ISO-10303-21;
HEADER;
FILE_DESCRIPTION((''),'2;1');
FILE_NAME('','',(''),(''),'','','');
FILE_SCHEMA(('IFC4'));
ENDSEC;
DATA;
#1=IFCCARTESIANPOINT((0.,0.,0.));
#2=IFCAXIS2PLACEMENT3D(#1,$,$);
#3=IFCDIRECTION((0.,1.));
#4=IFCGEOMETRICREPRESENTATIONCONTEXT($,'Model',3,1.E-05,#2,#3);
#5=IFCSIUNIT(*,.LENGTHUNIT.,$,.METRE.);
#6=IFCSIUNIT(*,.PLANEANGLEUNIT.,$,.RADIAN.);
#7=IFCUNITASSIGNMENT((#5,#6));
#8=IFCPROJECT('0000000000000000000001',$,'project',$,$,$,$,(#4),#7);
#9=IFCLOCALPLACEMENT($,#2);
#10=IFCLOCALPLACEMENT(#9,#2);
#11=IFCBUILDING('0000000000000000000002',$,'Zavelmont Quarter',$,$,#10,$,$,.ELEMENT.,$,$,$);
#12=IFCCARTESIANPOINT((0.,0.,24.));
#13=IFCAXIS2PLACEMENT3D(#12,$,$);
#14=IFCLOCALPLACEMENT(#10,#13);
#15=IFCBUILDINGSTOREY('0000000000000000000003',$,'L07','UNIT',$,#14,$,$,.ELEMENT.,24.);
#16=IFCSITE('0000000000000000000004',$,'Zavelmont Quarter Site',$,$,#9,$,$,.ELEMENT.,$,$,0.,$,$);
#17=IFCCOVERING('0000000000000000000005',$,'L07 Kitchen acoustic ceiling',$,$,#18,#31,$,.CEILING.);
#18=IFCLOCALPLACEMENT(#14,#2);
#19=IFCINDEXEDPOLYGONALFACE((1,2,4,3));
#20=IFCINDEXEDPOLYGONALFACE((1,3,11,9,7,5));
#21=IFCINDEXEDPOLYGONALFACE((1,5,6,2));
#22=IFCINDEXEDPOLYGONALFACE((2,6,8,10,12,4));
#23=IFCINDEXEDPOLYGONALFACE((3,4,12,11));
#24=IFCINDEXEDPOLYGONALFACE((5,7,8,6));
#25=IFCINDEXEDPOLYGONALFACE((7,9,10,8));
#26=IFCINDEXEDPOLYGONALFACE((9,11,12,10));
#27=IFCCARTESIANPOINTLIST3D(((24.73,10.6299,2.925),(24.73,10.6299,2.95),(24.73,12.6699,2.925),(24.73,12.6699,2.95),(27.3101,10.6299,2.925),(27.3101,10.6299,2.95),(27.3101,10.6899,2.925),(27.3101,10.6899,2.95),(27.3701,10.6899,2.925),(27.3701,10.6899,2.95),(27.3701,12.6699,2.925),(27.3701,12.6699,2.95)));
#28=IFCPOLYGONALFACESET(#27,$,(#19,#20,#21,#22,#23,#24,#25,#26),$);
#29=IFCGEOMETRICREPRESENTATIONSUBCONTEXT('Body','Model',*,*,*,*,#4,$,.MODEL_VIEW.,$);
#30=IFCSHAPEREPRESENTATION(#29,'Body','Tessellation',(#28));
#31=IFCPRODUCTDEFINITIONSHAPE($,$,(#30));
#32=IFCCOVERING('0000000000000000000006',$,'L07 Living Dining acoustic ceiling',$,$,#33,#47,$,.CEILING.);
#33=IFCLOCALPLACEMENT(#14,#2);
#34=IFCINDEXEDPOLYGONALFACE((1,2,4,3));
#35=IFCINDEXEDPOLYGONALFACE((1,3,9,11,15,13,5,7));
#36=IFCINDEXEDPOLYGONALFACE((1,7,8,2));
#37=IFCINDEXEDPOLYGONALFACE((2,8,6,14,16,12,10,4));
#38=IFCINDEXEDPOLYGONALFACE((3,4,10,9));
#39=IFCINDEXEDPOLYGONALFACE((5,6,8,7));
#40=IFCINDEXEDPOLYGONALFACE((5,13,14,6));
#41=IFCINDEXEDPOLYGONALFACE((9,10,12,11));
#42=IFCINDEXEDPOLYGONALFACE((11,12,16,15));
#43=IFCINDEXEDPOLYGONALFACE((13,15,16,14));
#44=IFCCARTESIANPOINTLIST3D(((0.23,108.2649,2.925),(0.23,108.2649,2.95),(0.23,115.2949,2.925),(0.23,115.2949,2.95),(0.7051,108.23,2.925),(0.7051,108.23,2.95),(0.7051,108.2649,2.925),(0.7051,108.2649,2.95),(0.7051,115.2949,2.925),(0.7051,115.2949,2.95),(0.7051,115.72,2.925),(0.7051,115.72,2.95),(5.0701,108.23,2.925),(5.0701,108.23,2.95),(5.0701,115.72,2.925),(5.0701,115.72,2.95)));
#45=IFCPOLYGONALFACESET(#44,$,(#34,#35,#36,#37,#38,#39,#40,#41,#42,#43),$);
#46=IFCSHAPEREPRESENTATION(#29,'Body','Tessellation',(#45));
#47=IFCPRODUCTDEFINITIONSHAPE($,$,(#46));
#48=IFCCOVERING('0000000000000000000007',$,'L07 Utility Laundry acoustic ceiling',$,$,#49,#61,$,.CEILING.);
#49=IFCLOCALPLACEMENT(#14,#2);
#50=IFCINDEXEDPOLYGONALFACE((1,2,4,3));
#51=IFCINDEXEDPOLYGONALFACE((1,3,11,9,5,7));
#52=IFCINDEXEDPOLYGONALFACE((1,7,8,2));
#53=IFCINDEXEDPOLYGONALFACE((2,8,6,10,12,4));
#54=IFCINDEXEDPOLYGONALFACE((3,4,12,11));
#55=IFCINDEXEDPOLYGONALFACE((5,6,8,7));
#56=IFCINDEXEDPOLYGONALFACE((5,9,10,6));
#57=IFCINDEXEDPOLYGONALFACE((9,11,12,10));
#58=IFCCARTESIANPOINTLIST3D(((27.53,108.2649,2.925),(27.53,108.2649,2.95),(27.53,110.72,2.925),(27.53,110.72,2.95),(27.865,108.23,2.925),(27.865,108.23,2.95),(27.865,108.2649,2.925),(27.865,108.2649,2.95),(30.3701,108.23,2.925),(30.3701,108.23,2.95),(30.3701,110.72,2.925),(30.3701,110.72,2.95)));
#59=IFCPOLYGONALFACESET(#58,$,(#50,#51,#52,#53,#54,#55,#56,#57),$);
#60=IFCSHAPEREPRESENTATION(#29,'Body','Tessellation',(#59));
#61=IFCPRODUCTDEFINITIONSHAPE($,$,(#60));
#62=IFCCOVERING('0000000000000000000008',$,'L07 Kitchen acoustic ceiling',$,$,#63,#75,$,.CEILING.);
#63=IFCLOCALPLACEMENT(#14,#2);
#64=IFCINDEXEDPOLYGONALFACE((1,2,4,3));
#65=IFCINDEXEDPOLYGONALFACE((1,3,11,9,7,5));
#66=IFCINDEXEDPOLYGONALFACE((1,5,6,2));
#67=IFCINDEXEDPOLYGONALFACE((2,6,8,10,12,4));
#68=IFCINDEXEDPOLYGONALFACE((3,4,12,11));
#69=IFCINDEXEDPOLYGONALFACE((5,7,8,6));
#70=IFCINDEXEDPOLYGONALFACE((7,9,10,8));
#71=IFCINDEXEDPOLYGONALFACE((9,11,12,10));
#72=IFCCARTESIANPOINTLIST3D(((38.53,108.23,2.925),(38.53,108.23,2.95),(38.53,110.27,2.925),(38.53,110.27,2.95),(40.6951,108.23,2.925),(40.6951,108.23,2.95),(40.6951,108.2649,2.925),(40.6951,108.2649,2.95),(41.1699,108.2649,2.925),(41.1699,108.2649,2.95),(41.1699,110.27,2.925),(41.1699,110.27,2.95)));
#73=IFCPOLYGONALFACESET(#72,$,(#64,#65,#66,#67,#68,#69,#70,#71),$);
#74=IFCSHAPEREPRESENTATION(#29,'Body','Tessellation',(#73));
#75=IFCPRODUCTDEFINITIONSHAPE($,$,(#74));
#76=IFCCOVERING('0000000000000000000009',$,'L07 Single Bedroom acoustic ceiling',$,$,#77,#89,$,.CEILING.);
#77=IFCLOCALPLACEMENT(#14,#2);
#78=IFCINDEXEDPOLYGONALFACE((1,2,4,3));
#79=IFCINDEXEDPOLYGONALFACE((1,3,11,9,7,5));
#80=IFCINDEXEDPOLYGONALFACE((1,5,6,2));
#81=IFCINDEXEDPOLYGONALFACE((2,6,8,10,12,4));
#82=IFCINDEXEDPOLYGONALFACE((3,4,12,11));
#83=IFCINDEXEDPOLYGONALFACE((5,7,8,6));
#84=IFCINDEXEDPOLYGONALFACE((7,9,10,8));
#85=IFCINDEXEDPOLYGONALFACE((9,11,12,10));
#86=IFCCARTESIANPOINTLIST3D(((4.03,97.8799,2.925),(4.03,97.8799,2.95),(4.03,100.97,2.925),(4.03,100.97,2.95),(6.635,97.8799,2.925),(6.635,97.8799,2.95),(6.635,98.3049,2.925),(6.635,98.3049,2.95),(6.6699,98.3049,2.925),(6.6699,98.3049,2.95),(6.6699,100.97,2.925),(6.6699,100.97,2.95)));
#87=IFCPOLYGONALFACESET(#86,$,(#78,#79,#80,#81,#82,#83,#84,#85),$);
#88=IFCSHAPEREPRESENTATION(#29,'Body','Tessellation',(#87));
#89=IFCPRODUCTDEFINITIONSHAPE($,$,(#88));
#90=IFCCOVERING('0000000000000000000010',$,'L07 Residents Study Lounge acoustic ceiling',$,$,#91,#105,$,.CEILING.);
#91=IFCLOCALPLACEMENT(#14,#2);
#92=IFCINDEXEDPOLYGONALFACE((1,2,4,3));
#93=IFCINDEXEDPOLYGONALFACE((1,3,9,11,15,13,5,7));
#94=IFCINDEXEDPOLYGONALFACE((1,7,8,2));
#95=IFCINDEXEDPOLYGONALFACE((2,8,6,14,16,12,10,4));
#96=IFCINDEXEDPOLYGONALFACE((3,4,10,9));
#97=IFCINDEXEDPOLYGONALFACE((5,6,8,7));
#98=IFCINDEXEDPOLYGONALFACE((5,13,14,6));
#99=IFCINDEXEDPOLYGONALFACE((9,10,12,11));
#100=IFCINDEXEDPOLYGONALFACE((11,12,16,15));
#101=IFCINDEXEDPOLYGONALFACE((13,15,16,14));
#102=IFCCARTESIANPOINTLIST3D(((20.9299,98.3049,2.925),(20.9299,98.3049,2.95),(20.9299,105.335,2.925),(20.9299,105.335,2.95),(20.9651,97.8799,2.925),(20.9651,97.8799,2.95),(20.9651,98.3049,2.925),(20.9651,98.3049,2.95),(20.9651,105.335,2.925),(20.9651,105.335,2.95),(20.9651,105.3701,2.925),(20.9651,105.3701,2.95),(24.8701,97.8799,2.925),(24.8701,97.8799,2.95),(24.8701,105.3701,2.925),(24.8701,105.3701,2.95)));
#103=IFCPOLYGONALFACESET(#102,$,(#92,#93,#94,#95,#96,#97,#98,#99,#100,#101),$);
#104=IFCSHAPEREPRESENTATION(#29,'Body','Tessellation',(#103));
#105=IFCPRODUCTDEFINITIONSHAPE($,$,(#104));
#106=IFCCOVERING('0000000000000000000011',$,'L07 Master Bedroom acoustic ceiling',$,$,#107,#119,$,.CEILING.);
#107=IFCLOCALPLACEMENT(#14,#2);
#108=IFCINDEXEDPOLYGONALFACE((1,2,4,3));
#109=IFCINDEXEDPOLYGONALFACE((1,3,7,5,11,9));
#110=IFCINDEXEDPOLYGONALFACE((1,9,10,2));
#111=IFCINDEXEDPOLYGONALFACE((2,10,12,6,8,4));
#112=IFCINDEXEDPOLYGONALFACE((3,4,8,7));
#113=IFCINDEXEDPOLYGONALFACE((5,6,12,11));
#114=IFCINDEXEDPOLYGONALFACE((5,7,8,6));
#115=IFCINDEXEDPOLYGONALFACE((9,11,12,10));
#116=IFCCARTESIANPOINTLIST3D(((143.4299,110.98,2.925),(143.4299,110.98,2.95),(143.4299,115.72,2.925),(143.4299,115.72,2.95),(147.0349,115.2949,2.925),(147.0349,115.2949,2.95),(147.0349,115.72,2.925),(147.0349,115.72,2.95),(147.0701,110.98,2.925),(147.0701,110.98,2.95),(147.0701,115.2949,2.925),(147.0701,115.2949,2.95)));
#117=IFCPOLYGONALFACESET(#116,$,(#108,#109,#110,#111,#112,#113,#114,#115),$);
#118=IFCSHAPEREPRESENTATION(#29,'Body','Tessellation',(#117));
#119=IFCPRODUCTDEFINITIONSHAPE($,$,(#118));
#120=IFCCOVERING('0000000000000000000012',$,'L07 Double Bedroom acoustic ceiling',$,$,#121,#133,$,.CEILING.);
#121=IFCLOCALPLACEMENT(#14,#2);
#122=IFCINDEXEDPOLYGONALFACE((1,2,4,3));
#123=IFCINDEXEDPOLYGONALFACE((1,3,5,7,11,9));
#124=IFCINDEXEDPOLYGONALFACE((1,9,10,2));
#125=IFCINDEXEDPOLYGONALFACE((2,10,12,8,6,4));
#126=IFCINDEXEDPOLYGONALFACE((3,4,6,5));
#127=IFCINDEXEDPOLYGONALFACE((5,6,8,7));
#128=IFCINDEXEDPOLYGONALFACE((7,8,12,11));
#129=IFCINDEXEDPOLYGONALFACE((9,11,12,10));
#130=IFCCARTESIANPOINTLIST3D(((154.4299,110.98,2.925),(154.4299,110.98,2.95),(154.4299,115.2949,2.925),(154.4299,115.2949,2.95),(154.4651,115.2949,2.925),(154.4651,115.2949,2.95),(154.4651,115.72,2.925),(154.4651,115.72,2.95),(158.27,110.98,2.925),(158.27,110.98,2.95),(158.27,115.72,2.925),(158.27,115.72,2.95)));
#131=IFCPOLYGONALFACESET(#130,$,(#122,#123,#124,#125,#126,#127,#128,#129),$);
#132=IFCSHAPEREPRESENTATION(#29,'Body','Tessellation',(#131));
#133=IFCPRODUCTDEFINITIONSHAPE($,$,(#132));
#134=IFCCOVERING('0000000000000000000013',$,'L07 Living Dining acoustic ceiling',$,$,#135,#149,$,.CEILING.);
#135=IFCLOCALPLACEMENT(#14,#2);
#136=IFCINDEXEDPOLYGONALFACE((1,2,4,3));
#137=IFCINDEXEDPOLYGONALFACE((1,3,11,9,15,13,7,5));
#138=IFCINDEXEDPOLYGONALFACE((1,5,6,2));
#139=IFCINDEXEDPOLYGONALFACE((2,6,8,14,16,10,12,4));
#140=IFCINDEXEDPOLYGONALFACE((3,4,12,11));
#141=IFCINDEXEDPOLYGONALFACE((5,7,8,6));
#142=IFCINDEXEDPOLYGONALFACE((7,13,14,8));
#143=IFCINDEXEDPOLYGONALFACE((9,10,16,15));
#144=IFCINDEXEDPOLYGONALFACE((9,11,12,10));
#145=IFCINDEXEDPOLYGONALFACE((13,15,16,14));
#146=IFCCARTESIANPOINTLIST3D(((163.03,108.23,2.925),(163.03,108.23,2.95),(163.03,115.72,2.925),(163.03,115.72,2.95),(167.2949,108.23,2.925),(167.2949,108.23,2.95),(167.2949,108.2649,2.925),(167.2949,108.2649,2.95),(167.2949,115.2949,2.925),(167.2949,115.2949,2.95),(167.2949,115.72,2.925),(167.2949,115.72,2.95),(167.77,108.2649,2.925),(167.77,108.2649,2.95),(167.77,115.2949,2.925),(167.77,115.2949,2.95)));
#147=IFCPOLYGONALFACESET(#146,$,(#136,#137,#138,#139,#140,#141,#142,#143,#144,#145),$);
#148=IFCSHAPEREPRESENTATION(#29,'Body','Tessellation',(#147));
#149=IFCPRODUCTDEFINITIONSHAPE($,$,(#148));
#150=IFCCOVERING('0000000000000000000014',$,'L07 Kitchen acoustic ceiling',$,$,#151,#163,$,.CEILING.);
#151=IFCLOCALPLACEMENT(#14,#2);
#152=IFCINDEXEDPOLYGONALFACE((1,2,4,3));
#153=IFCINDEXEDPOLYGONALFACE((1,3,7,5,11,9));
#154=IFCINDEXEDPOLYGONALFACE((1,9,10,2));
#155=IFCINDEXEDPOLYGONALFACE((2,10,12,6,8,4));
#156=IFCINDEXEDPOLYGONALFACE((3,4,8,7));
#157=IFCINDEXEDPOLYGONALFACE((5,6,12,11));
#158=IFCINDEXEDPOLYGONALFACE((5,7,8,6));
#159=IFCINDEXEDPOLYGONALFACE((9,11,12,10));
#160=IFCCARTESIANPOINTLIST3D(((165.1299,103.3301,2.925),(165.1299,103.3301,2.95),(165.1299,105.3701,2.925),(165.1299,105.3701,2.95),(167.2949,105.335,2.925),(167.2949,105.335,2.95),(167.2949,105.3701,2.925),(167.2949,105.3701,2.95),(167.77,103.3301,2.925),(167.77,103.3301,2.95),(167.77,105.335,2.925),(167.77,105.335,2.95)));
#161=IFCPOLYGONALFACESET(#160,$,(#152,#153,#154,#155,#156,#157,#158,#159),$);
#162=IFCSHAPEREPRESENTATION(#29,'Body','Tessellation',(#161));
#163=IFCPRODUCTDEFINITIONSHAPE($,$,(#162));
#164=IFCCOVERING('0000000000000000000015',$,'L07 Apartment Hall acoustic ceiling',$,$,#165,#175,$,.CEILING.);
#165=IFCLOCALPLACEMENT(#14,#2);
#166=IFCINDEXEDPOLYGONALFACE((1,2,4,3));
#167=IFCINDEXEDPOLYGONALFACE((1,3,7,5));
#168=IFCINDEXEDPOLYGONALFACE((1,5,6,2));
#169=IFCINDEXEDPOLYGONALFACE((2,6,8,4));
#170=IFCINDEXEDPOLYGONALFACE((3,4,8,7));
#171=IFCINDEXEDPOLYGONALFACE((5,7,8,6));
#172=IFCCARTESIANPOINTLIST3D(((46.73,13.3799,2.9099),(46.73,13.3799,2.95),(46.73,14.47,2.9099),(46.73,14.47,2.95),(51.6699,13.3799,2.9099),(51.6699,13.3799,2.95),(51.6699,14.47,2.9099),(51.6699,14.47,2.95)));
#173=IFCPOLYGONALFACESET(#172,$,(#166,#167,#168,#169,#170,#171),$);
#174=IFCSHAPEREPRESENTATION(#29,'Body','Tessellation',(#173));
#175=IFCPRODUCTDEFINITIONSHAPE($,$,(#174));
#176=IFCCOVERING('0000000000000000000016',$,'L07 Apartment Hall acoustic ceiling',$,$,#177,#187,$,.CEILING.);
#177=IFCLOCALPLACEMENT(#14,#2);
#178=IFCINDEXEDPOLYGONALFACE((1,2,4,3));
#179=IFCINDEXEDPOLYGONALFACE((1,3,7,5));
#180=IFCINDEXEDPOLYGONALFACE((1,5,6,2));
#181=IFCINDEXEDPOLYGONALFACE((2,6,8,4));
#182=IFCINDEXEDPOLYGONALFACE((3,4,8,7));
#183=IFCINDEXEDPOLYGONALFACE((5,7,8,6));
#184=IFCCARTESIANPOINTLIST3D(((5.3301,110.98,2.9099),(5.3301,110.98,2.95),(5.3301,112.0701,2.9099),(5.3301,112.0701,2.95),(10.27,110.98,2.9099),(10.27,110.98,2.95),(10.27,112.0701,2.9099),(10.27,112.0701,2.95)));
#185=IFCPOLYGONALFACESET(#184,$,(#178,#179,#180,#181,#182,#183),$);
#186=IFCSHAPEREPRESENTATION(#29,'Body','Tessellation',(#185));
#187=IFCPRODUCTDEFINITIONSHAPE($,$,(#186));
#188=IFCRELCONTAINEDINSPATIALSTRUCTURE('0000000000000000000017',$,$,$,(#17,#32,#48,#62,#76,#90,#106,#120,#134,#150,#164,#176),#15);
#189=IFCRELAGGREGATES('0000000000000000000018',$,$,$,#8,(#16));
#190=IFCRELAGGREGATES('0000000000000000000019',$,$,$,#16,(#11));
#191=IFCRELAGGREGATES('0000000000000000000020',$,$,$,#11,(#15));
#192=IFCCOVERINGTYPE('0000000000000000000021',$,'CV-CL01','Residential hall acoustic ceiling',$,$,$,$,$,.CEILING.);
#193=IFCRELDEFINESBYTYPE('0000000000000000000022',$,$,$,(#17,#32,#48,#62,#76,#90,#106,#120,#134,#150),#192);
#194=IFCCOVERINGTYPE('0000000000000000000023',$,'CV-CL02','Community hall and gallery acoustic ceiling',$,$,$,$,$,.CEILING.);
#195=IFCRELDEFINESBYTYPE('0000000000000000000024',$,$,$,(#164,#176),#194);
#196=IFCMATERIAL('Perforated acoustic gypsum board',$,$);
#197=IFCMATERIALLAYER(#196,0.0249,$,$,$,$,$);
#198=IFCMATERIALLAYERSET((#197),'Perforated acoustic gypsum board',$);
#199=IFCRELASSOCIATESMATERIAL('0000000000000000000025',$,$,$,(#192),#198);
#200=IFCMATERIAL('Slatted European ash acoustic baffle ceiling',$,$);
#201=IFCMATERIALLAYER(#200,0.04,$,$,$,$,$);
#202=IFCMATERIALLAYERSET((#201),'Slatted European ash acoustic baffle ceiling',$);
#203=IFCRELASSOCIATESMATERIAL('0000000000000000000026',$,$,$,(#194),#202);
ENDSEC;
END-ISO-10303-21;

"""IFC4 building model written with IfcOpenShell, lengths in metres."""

from ifc_helpers import new_model, si_unit, direction, frame, origin, place, context, subcontext, project, spatial, polyline, outline, extrude, material, layer, layer_set, type_object, element, save


model = new_model("IFC4")

# Units and contexts
model_context = context("Model", 3, precision=1e-05, world=origin(), true_north=direction((0.0, 1.0)))
body_context = subcontext(model_context, "Body", "Model", "MODEL_VIEW")
ifc_project = project(units=[si_unit("LENGTHUNIT", "METRE"), si_unit("PLANEANGLEUNIT", "RADIAN")], contexts=[model_context])

# Site, building, storey
site_placement = place(None, origin())
site = spatial("IfcSite", under=ifc_project, at=site_placement, Name="Zavelmont Quarter Site", CompositionType="ELEMENT", RefElevation=0.0)
building_placement = place(site_placement, origin())
building = spatial("IfcBuilding", under=site, at=building_placement, Name="Zavelmont Quarter", CompositionType="ELEMENT")
storey_placement = place(building_placement, frame((0.0, 0.0, 24.0)))
storey = spatial("IfcBuildingStorey", under=building, at=storey_placement, Name="L07", Description="UNIT", CompositionType="ELEMENT", Elevation=24.0)

# Coverings
ifc_material_1 = material(Name="Perforated acoustic gypsum board")
ifc_layer_1 = layer(ifc_material_1, 0.0249)
ifc_layer_set_1 = layer_set([ifc_layer_1], Name="Perforated acoustic gypsum board")
covering_type_1 = type_object("IfcCoveringType", Name="CV-CL01", Description="Residential hall acoustic ceiling", PredefinedType="CEILING", material=ifc_layer_set_1)
covering_1_placement = place(storey_placement, frame((0.0, 0.0, 2.925)))
element("IfcCovering", 1, at=covering_1_placement, inside=storey, type_object=covering_type_1, Name="L07 Kitchen acoustic ceiling", PredefinedType="CEILING", context=body_context, shape_type="SweptSolid", body=[
    extrude(outline(polyline([(24.73, 12.6699), (27.3701, 12.6699), (27.3701, 10.6899), (27.3101, 10.6899), (27.3101, 10.6299), (24.73, 10.6299), (24.73, 12.6699)])), origin(), (0.0, 0.0, 1.0), 0.0249),
])
covering_2_placement = place(storey_placement, frame((0.0, 0.0, 2.925)))
element("IfcCovering", 2, at=covering_2_placement, inside=storey, type_object=covering_type_1, Name="L07 Living Dining acoustic ceiling", PredefinedType="CEILING", context=body_context, shape_type="SweptSolid", body=[
    extrude(outline(polyline([(0.23, 115.2949), (0.7051, 115.2949), (0.7051, 115.72), (5.0701, 115.72), (5.0701, 108.23), (0.7051, 108.23), (0.7051, 108.2649), (0.23, 108.2649), (0.23, 115.2949)])), origin(), (0.0, 0.0, 1.0), 0.0249),
])
covering_3_placement = place(storey_placement, frame((0.0, 0.0, 2.925)))
element("IfcCovering", 3, at=covering_3_placement, inside=storey, type_object=covering_type_1, Name="L07 Utility Laundry acoustic ceiling", PredefinedType="CEILING", context=body_context, shape_type="SweptSolid", body=[
    extrude(outline(polyline([(27.53, 110.72), (30.3701, 110.72), (30.3701, 108.23), (27.865, 108.23), (27.865, 108.2649), (27.53, 108.2649), (27.53, 110.72)])), origin(), (0.0, 0.0, 1.0), 0.0249),
])
covering_4_placement = place(storey_placement, frame((0.0, 0.0, 2.925)))
element("IfcCovering", 4, at=covering_4_placement, inside=storey, type_object=covering_type_1, Name="L07 Kitchen acoustic ceiling", PredefinedType="CEILING", context=body_context, shape_type="SweptSolid", body=[
    extrude(outline(polyline([(38.53, 110.27), (41.1699, 110.27), (41.1699, 108.2649), (40.6951, 108.2649), (40.6951, 108.23), (38.53, 108.23), (38.53, 110.27)])), origin(), (0.0, 0.0, 1.0), 0.0249),
])
covering_5_placement = place(storey_placement, frame((0.0, 0.0, 2.925)))
element("IfcCovering", 5, at=covering_5_placement, inside=storey, type_object=covering_type_1, Name="L07 Single Bedroom acoustic ceiling", PredefinedType="CEILING", context=body_context, shape_type="SweptSolid", body=[
    extrude(outline(polyline([(4.03, 100.97), (6.6699, 100.97), (6.6699, 98.3049), (6.635, 98.3049), (6.635, 97.8799), (4.03, 97.8799), (4.03, 100.97)])), origin(), (0.0, 0.0, 1.0), 0.0249),
])
covering_6_placement = place(storey_placement, frame((0.0, 0.0, 2.925)))
element("IfcCovering", 6, at=covering_6_placement, inside=storey, type_object=covering_type_1, Name="L07 Residents Study Lounge acoustic ceiling", PredefinedType="CEILING", context=body_context, shape_type="SweptSolid", body=[
    extrude(outline(polyline([(20.9299, 105.335), (20.9651, 105.335), (20.9651, 105.3701), (24.8701, 105.3701), (24.8701, 97.8799), (20.9651, 97.8799), (20.9651, 98.3049), (20.9299, 98.3049), (20.9299, 105.335)])), origin(), (0.0, 0.0, 1.0), 0.0249),
])
covering_7_placement = place(storey_placement, frame((0.0, 0.0, 2.925)))
element("IfcCovering", 7, at=covering_7_placement, inside=storey, type_object=covering_type_1, Name="L07 Master Bedroom acoustic ceiling", PredefinedType="CEILING", context=body_context, shape_type="SweptSolid", body=[
    extrude(outline(polyline([(143.4299, 115.72), (147.0349, 115.72), (147.0349, 115.2949), (147.0701, 115.2949), (147.0701, 110.98), (143.4299, 110.98), (143.4299, 115.72)])), origin(), (0.0, 0.0, 1.0), 0.0249),
])
covering_8_placement = place(storey_placement, frame((0.0, 0.0, 2.925)))
element("IfcCovering", 8, at=covering_8_placement, inside=storey, type_object=covering_type_1, Name="L07 Double Bedroom acoustic ceiling", PredefinedType="CEILING", context=body_context, shape_type="SweptSolid", body=[
    extrude(outline(polyline([(154.4299, 115.2949), (154.4651, 115.2949), (154.4651, 115.72), (158.27, 115.72), (158.27, 110.98), (154.4299, 110.98), (154.4299, 115.2949)])), origin(), (0.0, 0.0, 1.0), 0.0249),
])
covering_9_placement = place(storey_placement, frame((0.0, 0.0, 2.925)))
element("IfcCovering", 9, at=covering_9_placement, inside=storey, type_object=covering_type_1, Name="L07 Living Dining acoustic ceiling", PredefinedType="CEILING", context=body_context, shape_type="SweptSolid", body=[
    extrude(outline(polyline([(163.03, 115.72), (167.2949, 115.72), (167.2949, 115.2949), (167.77, 115.2949), (167.77, 108.2649), (167.2949, 108.2649), (167.2949, 108.23), (163.03, 108.23), (163.03, 115.72)])), origin(), (0.0, 0.0, 1.0), 0.0249),
])
covering_10_placement = place(storey_placement, frame((0.0, 0.0, 2.925)))
element("IfcCovering", 10, at=covering_10_placement, inside=storey, type_object=covering_type_1, Name="L07 Kitchen acoustic ceiling", PredefinedType="CEILING", context=body_context, shape_type="SweptSolid", body=[
    extrude(outline(polyline([(165.1299, 105.3701), (167.2949, 105.3701), (167.2949, 105.335), (167.77, 105.335), (167.77, 103.3301), (165.1299, 103.3301), (165.1299, 105.3701)])), origin(), (0.0, 0.0, 1.0), 0.0249),
])
ifc_material_2 = material(Name="Slatted European ash acoustic baffle ceiling")
ifc_layer_2 = layer(ifc_material_2, 0.04)
ifc_layer_set_2 = layer_set([ifc_layer_2], Name="Slatted European ash acoustic baffle ceiling")
covering_type_2 = type_object("IfcCoveringType", Name="CV-CL02", Description="Community hall and gallery acoustic ceiling", PredefinedType="CEILING", material=ifc_layer_set_2)
covering_11_placement = place(storey_placement, frame((0.0, 0.0, 2.9099)))
element("IfcCovering", 11, at=covering_11_placement, inside=storey, type_object=covering_type_2, Name="L07 Apartment Hall acoustic ceiling", PredefinedType="CEILING", context=body_context, shape_type="SweptSolid", body=[
    extrude(outline(polyline([(46.73, 14.47), (51.6699, 14.47), (51.6699, 13.3799), (46.73, 13.3799), (46.73, 14.47)])), origin(), (0.0, 0.0, 1.0), 0.04),
])
covering_12_placement = place(storey_placement, frame((0.0, 0.0, 2.9099)))
element("IfcCovering", 12, at=covering_12_placement, inside=storey, type_object=covering_type_2, Name="L07 Apartment Hall acoustic ceiling", PredefinedType="CEILING", context=body_context, shape_type="SweptSolid", body=[
    extrude(outline(polyline([(5.3301, 112.0701), (10.27, 112.0701), (10.27, 110.98), (5.3301, 110.98), (5.3301, 112.0701)])), origin(), (0.0, 0.0, 1.0), 0.04),
])

save(model, "model.ifc")
